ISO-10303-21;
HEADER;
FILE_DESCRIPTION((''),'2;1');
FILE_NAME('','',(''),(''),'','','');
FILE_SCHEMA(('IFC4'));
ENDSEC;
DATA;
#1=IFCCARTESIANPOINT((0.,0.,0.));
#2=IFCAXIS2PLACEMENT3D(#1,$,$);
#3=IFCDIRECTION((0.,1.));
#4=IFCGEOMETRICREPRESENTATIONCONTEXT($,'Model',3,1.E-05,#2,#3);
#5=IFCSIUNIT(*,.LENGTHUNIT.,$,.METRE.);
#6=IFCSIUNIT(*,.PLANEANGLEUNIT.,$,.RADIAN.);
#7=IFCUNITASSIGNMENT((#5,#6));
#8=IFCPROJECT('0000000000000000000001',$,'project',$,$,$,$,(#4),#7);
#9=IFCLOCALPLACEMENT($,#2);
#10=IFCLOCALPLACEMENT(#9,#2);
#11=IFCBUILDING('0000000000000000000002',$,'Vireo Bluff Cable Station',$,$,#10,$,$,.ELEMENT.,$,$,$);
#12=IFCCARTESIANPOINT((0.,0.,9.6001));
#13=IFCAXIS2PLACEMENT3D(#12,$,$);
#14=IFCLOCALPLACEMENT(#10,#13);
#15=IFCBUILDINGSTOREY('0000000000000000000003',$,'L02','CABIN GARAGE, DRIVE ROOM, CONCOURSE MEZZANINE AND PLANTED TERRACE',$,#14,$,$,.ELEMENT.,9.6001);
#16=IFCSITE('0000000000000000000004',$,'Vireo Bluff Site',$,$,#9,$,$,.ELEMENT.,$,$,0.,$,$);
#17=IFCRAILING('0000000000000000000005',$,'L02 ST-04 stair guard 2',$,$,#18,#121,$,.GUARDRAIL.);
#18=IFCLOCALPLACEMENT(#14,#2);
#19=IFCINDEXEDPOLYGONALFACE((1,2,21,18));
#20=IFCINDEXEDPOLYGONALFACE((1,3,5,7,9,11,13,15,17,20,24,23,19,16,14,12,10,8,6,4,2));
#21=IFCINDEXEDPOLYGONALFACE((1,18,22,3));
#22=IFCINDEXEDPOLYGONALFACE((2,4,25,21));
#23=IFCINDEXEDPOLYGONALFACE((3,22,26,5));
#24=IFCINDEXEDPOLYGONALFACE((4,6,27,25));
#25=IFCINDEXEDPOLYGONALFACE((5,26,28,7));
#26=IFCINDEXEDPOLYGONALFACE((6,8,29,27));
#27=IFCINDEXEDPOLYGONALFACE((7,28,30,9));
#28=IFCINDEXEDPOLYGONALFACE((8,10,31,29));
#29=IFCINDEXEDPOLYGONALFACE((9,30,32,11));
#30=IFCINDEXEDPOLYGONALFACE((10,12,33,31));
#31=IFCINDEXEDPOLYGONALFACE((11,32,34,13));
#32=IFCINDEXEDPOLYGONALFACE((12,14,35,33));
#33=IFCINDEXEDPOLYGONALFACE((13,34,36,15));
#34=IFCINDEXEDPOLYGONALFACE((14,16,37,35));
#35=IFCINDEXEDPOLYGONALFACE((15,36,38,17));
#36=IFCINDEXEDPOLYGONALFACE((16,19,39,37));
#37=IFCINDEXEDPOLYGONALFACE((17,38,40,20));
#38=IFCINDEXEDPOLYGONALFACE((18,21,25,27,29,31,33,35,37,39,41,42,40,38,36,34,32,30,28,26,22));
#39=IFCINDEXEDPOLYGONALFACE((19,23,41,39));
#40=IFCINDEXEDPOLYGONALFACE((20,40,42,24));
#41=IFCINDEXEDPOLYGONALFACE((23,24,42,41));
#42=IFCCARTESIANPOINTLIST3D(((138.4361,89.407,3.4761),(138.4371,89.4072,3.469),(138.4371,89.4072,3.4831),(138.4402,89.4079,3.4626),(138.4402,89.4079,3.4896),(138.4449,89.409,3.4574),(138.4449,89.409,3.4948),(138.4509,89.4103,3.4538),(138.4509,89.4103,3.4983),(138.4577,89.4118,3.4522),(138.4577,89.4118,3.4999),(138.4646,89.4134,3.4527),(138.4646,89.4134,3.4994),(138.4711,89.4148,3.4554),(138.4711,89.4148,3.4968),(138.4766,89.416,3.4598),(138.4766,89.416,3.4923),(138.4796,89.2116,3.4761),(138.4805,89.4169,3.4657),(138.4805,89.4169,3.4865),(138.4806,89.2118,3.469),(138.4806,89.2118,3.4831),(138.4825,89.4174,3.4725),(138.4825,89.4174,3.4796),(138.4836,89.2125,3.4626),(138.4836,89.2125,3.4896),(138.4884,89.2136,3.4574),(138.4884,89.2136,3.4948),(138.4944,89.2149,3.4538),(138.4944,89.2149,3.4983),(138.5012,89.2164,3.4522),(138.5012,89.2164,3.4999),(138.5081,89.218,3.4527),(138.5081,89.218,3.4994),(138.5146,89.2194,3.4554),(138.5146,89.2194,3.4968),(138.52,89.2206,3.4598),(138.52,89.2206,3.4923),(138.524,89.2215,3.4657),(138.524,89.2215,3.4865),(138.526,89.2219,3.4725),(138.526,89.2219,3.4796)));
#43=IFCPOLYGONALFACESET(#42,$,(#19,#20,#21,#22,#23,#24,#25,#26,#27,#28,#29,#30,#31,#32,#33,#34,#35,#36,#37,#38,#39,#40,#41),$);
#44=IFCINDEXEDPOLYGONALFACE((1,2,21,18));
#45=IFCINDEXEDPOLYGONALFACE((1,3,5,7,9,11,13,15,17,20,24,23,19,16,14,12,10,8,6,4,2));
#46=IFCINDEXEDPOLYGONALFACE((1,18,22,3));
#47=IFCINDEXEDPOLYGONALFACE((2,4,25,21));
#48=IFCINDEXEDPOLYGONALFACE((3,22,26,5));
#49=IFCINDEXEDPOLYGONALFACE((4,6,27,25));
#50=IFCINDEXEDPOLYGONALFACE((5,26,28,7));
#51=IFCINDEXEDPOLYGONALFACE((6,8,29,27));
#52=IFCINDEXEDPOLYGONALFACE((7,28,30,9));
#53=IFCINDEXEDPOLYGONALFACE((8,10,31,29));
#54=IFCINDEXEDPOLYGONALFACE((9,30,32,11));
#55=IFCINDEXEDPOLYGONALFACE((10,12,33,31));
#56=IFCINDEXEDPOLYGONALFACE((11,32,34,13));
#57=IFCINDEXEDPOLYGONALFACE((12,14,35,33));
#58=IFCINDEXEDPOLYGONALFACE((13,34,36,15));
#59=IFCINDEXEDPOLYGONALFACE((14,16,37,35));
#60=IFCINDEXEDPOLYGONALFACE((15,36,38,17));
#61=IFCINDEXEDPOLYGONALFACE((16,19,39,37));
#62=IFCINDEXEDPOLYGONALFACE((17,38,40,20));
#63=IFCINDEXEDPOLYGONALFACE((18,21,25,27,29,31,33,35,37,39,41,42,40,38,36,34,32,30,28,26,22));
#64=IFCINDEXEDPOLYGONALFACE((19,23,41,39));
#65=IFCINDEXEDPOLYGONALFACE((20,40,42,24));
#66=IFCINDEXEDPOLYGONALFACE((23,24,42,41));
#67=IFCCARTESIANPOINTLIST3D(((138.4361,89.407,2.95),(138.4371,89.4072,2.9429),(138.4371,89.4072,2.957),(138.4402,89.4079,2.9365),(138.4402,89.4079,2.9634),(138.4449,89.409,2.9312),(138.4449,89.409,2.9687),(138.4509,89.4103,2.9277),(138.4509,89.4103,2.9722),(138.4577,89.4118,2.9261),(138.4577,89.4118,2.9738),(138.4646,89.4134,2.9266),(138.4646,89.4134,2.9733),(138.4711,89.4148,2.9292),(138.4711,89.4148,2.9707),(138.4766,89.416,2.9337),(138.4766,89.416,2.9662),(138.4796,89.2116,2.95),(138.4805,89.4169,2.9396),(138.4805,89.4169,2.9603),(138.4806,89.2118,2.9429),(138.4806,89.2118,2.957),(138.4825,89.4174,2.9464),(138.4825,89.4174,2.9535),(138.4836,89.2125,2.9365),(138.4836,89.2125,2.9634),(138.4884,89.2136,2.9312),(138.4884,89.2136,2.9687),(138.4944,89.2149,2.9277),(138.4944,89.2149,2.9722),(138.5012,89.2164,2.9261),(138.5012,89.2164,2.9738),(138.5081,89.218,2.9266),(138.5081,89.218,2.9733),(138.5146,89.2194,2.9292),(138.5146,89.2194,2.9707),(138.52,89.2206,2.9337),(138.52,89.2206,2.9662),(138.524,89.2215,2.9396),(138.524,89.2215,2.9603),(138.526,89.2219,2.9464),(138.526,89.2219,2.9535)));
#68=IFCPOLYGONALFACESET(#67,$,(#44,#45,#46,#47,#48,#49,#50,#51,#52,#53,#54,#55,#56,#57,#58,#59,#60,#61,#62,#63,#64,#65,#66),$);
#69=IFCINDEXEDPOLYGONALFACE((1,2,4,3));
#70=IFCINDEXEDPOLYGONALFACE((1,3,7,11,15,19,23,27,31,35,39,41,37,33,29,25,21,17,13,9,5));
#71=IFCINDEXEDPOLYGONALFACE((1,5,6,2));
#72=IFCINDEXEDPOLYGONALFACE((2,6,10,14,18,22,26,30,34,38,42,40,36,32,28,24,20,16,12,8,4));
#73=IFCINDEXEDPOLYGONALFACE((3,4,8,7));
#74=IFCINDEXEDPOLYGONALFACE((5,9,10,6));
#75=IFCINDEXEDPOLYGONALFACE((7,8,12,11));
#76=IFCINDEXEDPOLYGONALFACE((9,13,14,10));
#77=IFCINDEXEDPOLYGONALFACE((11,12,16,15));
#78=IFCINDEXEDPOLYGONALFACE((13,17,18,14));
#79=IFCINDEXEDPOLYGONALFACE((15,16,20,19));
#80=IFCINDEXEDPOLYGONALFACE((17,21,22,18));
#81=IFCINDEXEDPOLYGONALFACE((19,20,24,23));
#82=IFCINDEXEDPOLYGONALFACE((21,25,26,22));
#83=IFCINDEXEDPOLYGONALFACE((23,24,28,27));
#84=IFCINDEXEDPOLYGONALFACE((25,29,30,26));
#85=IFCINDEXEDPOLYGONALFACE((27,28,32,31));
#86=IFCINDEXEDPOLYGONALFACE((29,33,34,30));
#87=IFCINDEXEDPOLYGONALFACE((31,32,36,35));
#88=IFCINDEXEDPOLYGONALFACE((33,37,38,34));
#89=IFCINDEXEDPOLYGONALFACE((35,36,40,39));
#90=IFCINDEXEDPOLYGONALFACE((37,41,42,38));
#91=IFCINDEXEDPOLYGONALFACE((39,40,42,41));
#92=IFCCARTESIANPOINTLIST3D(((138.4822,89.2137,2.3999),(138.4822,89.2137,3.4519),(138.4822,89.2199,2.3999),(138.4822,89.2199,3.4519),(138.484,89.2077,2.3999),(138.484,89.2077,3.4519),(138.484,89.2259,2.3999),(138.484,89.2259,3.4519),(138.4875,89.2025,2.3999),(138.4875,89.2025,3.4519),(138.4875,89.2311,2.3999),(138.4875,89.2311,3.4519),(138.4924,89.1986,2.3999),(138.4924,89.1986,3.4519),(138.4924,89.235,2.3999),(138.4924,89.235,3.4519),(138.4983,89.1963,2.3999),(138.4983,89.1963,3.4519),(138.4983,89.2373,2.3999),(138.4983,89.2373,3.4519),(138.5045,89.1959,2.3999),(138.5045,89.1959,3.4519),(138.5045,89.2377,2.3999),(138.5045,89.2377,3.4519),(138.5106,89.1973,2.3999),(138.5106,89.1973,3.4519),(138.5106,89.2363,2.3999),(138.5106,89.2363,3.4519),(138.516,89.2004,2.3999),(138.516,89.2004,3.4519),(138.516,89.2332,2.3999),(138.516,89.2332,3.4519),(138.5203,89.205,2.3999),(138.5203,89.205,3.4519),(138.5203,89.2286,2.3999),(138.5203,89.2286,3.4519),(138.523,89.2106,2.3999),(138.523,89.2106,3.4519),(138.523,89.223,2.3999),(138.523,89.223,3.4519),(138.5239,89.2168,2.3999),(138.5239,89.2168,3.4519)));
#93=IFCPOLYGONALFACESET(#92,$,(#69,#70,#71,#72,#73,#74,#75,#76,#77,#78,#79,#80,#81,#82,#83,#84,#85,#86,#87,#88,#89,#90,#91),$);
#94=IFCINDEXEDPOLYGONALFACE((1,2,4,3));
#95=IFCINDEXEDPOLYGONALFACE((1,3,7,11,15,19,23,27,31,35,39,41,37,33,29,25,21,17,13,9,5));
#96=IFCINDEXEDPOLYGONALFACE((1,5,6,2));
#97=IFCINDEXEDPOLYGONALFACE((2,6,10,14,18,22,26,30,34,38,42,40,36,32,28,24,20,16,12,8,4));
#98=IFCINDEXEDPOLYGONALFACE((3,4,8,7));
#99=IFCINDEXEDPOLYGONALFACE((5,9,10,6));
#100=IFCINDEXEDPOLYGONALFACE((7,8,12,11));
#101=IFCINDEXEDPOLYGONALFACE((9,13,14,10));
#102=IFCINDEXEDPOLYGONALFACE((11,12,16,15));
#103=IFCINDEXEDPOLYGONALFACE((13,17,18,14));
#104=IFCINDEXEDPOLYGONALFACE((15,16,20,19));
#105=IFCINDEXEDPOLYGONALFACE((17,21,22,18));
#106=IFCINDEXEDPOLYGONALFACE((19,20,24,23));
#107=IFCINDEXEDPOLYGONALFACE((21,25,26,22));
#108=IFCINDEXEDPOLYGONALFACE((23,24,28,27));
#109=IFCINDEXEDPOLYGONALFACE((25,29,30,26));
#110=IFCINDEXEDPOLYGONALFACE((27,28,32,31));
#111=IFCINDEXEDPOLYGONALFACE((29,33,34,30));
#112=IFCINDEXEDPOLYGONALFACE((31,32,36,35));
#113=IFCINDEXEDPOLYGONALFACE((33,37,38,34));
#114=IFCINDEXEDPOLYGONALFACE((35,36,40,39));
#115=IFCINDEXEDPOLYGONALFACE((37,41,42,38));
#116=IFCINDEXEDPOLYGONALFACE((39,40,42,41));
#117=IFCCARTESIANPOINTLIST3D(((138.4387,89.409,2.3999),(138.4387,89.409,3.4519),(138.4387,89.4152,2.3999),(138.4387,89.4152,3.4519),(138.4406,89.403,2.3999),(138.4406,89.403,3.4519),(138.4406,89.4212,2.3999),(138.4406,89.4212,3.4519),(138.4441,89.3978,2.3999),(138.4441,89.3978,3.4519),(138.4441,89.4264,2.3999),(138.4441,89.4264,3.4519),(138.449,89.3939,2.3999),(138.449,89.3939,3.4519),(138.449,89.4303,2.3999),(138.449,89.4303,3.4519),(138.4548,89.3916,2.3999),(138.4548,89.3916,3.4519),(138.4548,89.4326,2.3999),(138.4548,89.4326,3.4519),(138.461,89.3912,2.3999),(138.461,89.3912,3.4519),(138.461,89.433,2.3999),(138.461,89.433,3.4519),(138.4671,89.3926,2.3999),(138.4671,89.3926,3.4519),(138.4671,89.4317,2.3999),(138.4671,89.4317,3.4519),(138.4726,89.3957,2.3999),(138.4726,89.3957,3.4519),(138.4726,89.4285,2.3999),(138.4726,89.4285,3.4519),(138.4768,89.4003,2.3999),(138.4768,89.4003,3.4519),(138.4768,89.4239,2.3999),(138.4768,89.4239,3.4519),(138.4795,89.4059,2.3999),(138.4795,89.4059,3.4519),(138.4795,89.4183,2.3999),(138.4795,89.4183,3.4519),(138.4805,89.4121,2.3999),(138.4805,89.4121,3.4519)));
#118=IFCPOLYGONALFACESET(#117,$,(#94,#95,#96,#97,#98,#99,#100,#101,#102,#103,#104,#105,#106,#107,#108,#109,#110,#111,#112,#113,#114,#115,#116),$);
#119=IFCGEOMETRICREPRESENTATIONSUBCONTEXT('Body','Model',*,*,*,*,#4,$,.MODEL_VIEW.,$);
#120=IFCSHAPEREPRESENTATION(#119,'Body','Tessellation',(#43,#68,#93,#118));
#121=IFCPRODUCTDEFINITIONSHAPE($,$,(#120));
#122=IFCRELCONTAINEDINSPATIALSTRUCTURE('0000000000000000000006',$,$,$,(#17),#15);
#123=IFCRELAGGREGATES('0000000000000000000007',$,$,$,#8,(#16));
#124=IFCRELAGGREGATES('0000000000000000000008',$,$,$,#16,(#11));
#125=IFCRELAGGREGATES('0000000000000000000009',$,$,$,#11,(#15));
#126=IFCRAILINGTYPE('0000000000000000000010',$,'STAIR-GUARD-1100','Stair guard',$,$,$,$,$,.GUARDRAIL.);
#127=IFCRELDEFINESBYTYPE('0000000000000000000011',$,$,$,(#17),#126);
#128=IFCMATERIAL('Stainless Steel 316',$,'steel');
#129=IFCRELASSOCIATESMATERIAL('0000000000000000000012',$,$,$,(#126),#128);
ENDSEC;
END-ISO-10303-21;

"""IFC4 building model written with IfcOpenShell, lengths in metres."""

from ifc_helpers import new_model, si_unit, direction, frame, origin, origin_2d, place, context, subcontext, project, spatial, circle, extrude, material, type_object, element, save


model = new_model("IFC4")

# Units and contexts
model_context = context("Model", 3, precision=1e-05, world=origin(), true_north=direction((0.0, 1.0)))
body_context = subcontext(model_context, "Body", "Model", "MODEL_VIEW")
ifc_project = project(units=[si_unit("LENGTHUNIT", "METRE"), si_unit("PLANEANGLEUNIT", "RADIAN")], contexts=[model_context])

# Site, building, storey
site_placement = place(None, origin())
site = spatial("IfcSite", under=ifc_project, at=site_placement, Name="Vireo Bluff Site", CompositionType="ELEMENT", RefElevation=0.0)
building_placement = place(site_placement, origin())
building = spatial("IfcBuilding", under=site, at=building_placement, Name="Vireo Bluff Cable Station", CompositionType="ELEMENT")
storey_placement = place(building_placement, frame((0.0, 0.0, 9.6001)))
storey = spatial("IfcBuildingStorey", under=building, at=storey_placement, Name="L02", Description="CABIN GARAGE, DRIVE ROOM, CONCOURSE MEZZANINE AND PLANTED TERRACE", CompositionType="ELEMENT", Elevation=9.6001)

# Shared definitions
ifc_material_1 = material(Name="Stainless Steel 316", Category="steel")

# Railing
railing_type_1 = type_object("IfcRailingType", Name="STAIR-GUARD-1100", Description="Stair guard", PredefinedType="GUARDRAIL", material=ifc_material_1)
railing_1_placement = place(storey_placement, frame((138.5029, 89.2168, 2.3999)))
element("IfcRailing", 1, at=railing_1_placement, inside=storey, type_object=railing_type_1, Name="L02 ST-04 stair guard 2", PredefinedType="GUARDRAIL", context=body_context, shape_type="SweptSolid", body=[
    extrude(circle(Radius=0.0239, at=origin_2d()), frame((0.0, 0.0, 1.0762), z_axis=(-0.217189, 0.97613, 0.0), x_axis=(-0.97613, -0.217189, 0.0)), (0.0, 0.0, 1.0), 0.2002),
    extrude(circle(Radius=0.0239, at=origin_2d()), frame((0.0, 0.0, 0.55), z_axis=(-0.217189, 0.97613, 0.0), x_axis=(-0.97613, -0.217189, 0.0)), (0.0, 0.0, 1.0), 0.2002),
    extrude(circle(Radius=0.021, at=origin_2d()), origin(), (0.0, 0.0, 1.0), 1.052),
    extrude(circle(Radius=0.021, at=origin_2d()), frame((-0.0435, 0.1953, 0.0)), (0.0, 0.0, 1.0), 1.052),
])

save(model, "model.ifc")
